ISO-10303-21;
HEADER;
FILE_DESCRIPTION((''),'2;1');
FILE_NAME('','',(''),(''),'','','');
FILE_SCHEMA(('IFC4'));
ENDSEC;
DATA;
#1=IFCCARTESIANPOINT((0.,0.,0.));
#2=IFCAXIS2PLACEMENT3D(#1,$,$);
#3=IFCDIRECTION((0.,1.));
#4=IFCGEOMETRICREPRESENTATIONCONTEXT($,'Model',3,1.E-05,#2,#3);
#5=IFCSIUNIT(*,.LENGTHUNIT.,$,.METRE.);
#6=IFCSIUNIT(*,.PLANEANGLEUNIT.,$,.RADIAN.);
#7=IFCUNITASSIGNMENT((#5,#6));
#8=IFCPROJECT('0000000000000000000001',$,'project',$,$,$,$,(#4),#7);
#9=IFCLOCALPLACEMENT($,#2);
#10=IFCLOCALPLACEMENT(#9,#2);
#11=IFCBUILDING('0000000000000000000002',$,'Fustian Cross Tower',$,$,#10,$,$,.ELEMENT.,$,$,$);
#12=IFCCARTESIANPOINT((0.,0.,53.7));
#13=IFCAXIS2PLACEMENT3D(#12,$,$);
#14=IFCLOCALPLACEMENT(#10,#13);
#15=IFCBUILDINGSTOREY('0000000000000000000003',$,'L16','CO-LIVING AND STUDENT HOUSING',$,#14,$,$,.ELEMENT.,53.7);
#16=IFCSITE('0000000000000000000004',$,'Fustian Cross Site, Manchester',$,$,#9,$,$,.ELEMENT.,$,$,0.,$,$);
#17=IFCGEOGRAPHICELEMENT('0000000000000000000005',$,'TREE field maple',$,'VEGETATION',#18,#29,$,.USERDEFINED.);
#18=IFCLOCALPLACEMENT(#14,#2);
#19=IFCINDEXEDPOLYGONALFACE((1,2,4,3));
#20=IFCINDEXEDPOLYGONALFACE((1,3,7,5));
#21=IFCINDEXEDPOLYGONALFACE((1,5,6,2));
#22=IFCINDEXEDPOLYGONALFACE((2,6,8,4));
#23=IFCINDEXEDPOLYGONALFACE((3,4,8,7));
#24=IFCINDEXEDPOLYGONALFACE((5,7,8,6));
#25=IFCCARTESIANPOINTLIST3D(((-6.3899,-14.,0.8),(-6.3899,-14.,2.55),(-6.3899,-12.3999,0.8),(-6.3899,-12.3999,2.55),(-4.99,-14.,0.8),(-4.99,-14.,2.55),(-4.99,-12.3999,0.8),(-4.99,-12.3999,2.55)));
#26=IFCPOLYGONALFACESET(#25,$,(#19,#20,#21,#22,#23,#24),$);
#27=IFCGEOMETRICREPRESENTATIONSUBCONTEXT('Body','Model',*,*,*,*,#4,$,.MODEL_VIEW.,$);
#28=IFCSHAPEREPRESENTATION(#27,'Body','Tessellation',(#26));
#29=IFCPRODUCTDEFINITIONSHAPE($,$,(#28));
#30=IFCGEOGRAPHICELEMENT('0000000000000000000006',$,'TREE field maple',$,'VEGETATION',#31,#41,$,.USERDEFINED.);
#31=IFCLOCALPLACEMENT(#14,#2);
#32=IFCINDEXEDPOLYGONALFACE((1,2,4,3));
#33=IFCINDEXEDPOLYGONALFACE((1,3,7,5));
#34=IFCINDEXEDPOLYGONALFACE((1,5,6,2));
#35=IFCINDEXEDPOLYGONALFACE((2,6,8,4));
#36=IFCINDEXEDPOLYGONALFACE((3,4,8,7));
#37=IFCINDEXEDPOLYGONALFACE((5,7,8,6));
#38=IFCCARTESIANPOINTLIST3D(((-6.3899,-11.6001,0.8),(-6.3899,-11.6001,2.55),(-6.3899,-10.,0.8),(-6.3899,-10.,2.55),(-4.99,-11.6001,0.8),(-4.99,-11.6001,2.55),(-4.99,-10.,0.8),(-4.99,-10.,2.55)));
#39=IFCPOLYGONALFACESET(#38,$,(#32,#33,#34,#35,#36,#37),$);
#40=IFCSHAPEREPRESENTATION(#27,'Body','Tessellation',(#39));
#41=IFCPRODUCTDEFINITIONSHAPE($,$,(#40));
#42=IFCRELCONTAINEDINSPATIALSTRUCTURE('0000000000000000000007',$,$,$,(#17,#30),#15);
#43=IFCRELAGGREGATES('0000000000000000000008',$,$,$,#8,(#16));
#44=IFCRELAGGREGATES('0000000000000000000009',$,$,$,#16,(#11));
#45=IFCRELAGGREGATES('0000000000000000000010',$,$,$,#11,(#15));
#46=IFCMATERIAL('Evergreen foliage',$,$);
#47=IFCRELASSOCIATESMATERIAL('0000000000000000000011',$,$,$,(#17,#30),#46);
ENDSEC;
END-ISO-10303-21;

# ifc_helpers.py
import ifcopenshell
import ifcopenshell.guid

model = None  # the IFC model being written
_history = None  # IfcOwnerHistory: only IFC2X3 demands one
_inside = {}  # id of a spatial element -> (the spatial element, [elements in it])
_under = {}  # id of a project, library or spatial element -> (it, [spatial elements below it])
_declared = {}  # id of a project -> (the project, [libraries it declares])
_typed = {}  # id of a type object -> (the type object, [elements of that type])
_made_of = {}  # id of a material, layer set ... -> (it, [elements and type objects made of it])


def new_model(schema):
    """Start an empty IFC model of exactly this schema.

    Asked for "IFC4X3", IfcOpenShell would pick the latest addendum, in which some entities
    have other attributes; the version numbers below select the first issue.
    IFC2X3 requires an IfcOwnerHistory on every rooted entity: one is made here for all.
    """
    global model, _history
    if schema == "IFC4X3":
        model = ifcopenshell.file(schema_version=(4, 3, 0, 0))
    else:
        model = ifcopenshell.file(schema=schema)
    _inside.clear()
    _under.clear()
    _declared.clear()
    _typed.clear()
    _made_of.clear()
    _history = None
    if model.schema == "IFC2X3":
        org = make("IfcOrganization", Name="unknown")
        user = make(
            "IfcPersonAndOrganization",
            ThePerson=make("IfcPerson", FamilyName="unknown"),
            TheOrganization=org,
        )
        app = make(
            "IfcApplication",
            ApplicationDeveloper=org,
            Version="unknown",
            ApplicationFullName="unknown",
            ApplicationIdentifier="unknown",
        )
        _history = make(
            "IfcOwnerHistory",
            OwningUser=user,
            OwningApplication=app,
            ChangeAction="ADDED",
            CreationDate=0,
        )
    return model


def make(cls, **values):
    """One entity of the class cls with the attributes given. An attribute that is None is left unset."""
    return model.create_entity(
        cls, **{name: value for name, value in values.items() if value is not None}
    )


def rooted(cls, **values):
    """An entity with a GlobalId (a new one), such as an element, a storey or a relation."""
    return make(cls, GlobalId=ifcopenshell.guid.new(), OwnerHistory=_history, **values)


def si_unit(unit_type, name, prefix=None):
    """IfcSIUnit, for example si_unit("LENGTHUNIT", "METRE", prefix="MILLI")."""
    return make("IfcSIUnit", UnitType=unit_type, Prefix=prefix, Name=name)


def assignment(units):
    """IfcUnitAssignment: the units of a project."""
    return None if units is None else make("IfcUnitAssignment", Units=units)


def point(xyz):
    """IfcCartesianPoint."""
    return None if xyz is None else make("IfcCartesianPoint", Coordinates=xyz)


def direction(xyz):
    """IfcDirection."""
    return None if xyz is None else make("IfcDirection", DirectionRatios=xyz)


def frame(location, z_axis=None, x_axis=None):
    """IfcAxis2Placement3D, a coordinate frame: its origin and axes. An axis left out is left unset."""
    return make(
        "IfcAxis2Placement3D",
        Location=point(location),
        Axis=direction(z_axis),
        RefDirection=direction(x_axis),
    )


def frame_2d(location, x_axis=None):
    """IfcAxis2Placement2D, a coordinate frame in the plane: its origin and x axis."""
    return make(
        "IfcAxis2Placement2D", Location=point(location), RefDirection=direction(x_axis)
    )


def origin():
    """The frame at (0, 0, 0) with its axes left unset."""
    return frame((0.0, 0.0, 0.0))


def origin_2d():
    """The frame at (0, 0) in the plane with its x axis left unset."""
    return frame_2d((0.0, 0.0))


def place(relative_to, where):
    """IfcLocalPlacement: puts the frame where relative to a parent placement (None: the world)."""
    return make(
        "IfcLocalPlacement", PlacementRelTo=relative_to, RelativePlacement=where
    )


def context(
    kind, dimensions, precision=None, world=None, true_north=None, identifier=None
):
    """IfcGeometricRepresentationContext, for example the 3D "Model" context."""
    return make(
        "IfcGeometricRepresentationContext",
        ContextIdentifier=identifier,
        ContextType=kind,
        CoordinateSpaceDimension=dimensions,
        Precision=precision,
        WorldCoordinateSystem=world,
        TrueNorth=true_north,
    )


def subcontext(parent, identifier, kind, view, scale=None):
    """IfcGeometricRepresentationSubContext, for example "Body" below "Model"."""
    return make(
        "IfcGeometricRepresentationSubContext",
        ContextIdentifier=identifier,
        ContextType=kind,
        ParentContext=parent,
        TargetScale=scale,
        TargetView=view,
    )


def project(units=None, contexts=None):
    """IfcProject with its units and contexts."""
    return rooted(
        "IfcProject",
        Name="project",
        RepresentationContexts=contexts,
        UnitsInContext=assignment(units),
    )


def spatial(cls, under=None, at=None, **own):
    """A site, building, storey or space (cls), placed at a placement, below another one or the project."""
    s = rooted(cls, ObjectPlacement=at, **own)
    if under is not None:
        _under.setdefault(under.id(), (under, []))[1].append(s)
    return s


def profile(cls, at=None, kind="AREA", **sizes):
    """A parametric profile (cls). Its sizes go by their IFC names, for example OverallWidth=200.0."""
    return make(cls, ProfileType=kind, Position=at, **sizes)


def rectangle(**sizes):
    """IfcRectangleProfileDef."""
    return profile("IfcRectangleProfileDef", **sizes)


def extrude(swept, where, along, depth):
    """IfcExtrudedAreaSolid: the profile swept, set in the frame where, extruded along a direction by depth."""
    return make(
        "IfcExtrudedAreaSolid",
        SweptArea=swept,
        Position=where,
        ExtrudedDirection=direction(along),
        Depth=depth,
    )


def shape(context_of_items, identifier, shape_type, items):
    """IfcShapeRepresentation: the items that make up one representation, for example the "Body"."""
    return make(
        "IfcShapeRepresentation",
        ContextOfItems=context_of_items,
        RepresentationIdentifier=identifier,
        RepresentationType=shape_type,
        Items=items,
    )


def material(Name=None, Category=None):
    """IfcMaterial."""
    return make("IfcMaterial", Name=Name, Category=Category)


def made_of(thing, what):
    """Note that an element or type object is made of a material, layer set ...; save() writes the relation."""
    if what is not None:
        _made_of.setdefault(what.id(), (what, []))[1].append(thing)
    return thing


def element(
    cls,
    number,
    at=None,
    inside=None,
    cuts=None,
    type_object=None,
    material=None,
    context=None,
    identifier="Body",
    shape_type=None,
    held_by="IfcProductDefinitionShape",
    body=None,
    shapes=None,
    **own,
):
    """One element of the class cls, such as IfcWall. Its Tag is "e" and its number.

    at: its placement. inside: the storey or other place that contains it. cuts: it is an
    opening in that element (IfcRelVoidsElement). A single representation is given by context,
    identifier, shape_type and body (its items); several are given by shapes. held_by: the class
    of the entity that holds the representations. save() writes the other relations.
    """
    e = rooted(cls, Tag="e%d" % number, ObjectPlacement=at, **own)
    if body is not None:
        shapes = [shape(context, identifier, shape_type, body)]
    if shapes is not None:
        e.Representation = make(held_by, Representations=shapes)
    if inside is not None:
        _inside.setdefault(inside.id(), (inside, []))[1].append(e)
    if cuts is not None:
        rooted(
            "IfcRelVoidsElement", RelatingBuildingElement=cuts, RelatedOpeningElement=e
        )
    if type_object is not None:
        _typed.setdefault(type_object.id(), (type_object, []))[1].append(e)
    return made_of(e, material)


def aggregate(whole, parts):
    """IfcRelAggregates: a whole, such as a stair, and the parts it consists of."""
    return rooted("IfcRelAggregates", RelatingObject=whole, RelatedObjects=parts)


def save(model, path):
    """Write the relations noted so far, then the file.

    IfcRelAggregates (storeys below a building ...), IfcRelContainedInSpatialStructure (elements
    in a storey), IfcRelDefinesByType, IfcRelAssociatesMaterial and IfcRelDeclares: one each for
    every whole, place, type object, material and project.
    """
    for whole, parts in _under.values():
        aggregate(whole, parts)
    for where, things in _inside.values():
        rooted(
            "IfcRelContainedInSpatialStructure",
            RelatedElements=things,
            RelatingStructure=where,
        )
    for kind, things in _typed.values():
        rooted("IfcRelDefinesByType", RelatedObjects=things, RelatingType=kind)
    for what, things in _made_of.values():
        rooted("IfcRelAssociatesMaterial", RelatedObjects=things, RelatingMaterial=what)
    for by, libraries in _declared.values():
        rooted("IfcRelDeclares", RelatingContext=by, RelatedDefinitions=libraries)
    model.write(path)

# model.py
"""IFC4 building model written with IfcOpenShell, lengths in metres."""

from ifc_helpers import new_model, si_unit, direction, frame, origin, origin_2d, place, context, subcontext, project, spatial, rectangle, extrude, material, element, save


model = new_model("IFC4")

# Units and contexts
model_context = context("Model", 3, precision=1e-05, world=origin(), true_north=direction((0.0, 1.0)))
body_context = subcontext(model_context, "Body", "Model", "MODEL_VIEW")
ifc_project = project(units=[si_unit("LENGTHUNIT", "METRE"), si_unit("PLANEANGLEUNIT", "RADIAN")], contexts=[model_context])

# Site, building, storey
site_placement = place(None, origin())
site = spatial("IfcSite", under=ifc_project, at=site_placement, Name="Fustian Cross Site, Manchester", CompositionType="ELEMENT", RefElevation=0.0)
building_placement = place(site_placement, origin())
building = spatial("IfcBuilding", under=site, at=building_placement, Name="Fustian Cross Tower", CompositionType="ELEMENT")
storey_placement = place(building_placement, frame((0.0, 0.0, 53.7)))
storey = spatial("IfcBuildingStorey", under=building, at=storey_placement, Name="L16", Description="CO-LIVING AND STUDENT HOUSING", CompositionType="ELEMENT", Elevation=53.7)

# Geographic elements
ifc_material_1 = material(Name="Evergreen foliage")
for number, where, z_axis, x_axis, name in (
    (1, (-5.6899, -13.2, 0.8), (0.0, 0.0, 1.0), (1.0, 0.0, 0.0), "TREE field maple"),
    (2, (-5.6899, -10.8, 0.8), (0.0, 0.0, 1.0), (1.0, 0.0, 0.0), "TREE field maple"),
):
    element("IfcGeographicElement", number, at=place(storey_placement, frame(where, z_axis=z_axis, x_axis=x_axis)), inside=storey, material=ifc_material_1, Name=name, ObjectType="VEGETATION", PredefinedType="USERDEFINED", context=body_context, shape_type="SweptSolid", body=[
        extrude(rectangle(XDim=1.3999, YDim=1.6001, at=origin_2d()), origin(), (0.0, 0.0, 1.0), 1.75),
    ])

save(model, "model.ifc")
